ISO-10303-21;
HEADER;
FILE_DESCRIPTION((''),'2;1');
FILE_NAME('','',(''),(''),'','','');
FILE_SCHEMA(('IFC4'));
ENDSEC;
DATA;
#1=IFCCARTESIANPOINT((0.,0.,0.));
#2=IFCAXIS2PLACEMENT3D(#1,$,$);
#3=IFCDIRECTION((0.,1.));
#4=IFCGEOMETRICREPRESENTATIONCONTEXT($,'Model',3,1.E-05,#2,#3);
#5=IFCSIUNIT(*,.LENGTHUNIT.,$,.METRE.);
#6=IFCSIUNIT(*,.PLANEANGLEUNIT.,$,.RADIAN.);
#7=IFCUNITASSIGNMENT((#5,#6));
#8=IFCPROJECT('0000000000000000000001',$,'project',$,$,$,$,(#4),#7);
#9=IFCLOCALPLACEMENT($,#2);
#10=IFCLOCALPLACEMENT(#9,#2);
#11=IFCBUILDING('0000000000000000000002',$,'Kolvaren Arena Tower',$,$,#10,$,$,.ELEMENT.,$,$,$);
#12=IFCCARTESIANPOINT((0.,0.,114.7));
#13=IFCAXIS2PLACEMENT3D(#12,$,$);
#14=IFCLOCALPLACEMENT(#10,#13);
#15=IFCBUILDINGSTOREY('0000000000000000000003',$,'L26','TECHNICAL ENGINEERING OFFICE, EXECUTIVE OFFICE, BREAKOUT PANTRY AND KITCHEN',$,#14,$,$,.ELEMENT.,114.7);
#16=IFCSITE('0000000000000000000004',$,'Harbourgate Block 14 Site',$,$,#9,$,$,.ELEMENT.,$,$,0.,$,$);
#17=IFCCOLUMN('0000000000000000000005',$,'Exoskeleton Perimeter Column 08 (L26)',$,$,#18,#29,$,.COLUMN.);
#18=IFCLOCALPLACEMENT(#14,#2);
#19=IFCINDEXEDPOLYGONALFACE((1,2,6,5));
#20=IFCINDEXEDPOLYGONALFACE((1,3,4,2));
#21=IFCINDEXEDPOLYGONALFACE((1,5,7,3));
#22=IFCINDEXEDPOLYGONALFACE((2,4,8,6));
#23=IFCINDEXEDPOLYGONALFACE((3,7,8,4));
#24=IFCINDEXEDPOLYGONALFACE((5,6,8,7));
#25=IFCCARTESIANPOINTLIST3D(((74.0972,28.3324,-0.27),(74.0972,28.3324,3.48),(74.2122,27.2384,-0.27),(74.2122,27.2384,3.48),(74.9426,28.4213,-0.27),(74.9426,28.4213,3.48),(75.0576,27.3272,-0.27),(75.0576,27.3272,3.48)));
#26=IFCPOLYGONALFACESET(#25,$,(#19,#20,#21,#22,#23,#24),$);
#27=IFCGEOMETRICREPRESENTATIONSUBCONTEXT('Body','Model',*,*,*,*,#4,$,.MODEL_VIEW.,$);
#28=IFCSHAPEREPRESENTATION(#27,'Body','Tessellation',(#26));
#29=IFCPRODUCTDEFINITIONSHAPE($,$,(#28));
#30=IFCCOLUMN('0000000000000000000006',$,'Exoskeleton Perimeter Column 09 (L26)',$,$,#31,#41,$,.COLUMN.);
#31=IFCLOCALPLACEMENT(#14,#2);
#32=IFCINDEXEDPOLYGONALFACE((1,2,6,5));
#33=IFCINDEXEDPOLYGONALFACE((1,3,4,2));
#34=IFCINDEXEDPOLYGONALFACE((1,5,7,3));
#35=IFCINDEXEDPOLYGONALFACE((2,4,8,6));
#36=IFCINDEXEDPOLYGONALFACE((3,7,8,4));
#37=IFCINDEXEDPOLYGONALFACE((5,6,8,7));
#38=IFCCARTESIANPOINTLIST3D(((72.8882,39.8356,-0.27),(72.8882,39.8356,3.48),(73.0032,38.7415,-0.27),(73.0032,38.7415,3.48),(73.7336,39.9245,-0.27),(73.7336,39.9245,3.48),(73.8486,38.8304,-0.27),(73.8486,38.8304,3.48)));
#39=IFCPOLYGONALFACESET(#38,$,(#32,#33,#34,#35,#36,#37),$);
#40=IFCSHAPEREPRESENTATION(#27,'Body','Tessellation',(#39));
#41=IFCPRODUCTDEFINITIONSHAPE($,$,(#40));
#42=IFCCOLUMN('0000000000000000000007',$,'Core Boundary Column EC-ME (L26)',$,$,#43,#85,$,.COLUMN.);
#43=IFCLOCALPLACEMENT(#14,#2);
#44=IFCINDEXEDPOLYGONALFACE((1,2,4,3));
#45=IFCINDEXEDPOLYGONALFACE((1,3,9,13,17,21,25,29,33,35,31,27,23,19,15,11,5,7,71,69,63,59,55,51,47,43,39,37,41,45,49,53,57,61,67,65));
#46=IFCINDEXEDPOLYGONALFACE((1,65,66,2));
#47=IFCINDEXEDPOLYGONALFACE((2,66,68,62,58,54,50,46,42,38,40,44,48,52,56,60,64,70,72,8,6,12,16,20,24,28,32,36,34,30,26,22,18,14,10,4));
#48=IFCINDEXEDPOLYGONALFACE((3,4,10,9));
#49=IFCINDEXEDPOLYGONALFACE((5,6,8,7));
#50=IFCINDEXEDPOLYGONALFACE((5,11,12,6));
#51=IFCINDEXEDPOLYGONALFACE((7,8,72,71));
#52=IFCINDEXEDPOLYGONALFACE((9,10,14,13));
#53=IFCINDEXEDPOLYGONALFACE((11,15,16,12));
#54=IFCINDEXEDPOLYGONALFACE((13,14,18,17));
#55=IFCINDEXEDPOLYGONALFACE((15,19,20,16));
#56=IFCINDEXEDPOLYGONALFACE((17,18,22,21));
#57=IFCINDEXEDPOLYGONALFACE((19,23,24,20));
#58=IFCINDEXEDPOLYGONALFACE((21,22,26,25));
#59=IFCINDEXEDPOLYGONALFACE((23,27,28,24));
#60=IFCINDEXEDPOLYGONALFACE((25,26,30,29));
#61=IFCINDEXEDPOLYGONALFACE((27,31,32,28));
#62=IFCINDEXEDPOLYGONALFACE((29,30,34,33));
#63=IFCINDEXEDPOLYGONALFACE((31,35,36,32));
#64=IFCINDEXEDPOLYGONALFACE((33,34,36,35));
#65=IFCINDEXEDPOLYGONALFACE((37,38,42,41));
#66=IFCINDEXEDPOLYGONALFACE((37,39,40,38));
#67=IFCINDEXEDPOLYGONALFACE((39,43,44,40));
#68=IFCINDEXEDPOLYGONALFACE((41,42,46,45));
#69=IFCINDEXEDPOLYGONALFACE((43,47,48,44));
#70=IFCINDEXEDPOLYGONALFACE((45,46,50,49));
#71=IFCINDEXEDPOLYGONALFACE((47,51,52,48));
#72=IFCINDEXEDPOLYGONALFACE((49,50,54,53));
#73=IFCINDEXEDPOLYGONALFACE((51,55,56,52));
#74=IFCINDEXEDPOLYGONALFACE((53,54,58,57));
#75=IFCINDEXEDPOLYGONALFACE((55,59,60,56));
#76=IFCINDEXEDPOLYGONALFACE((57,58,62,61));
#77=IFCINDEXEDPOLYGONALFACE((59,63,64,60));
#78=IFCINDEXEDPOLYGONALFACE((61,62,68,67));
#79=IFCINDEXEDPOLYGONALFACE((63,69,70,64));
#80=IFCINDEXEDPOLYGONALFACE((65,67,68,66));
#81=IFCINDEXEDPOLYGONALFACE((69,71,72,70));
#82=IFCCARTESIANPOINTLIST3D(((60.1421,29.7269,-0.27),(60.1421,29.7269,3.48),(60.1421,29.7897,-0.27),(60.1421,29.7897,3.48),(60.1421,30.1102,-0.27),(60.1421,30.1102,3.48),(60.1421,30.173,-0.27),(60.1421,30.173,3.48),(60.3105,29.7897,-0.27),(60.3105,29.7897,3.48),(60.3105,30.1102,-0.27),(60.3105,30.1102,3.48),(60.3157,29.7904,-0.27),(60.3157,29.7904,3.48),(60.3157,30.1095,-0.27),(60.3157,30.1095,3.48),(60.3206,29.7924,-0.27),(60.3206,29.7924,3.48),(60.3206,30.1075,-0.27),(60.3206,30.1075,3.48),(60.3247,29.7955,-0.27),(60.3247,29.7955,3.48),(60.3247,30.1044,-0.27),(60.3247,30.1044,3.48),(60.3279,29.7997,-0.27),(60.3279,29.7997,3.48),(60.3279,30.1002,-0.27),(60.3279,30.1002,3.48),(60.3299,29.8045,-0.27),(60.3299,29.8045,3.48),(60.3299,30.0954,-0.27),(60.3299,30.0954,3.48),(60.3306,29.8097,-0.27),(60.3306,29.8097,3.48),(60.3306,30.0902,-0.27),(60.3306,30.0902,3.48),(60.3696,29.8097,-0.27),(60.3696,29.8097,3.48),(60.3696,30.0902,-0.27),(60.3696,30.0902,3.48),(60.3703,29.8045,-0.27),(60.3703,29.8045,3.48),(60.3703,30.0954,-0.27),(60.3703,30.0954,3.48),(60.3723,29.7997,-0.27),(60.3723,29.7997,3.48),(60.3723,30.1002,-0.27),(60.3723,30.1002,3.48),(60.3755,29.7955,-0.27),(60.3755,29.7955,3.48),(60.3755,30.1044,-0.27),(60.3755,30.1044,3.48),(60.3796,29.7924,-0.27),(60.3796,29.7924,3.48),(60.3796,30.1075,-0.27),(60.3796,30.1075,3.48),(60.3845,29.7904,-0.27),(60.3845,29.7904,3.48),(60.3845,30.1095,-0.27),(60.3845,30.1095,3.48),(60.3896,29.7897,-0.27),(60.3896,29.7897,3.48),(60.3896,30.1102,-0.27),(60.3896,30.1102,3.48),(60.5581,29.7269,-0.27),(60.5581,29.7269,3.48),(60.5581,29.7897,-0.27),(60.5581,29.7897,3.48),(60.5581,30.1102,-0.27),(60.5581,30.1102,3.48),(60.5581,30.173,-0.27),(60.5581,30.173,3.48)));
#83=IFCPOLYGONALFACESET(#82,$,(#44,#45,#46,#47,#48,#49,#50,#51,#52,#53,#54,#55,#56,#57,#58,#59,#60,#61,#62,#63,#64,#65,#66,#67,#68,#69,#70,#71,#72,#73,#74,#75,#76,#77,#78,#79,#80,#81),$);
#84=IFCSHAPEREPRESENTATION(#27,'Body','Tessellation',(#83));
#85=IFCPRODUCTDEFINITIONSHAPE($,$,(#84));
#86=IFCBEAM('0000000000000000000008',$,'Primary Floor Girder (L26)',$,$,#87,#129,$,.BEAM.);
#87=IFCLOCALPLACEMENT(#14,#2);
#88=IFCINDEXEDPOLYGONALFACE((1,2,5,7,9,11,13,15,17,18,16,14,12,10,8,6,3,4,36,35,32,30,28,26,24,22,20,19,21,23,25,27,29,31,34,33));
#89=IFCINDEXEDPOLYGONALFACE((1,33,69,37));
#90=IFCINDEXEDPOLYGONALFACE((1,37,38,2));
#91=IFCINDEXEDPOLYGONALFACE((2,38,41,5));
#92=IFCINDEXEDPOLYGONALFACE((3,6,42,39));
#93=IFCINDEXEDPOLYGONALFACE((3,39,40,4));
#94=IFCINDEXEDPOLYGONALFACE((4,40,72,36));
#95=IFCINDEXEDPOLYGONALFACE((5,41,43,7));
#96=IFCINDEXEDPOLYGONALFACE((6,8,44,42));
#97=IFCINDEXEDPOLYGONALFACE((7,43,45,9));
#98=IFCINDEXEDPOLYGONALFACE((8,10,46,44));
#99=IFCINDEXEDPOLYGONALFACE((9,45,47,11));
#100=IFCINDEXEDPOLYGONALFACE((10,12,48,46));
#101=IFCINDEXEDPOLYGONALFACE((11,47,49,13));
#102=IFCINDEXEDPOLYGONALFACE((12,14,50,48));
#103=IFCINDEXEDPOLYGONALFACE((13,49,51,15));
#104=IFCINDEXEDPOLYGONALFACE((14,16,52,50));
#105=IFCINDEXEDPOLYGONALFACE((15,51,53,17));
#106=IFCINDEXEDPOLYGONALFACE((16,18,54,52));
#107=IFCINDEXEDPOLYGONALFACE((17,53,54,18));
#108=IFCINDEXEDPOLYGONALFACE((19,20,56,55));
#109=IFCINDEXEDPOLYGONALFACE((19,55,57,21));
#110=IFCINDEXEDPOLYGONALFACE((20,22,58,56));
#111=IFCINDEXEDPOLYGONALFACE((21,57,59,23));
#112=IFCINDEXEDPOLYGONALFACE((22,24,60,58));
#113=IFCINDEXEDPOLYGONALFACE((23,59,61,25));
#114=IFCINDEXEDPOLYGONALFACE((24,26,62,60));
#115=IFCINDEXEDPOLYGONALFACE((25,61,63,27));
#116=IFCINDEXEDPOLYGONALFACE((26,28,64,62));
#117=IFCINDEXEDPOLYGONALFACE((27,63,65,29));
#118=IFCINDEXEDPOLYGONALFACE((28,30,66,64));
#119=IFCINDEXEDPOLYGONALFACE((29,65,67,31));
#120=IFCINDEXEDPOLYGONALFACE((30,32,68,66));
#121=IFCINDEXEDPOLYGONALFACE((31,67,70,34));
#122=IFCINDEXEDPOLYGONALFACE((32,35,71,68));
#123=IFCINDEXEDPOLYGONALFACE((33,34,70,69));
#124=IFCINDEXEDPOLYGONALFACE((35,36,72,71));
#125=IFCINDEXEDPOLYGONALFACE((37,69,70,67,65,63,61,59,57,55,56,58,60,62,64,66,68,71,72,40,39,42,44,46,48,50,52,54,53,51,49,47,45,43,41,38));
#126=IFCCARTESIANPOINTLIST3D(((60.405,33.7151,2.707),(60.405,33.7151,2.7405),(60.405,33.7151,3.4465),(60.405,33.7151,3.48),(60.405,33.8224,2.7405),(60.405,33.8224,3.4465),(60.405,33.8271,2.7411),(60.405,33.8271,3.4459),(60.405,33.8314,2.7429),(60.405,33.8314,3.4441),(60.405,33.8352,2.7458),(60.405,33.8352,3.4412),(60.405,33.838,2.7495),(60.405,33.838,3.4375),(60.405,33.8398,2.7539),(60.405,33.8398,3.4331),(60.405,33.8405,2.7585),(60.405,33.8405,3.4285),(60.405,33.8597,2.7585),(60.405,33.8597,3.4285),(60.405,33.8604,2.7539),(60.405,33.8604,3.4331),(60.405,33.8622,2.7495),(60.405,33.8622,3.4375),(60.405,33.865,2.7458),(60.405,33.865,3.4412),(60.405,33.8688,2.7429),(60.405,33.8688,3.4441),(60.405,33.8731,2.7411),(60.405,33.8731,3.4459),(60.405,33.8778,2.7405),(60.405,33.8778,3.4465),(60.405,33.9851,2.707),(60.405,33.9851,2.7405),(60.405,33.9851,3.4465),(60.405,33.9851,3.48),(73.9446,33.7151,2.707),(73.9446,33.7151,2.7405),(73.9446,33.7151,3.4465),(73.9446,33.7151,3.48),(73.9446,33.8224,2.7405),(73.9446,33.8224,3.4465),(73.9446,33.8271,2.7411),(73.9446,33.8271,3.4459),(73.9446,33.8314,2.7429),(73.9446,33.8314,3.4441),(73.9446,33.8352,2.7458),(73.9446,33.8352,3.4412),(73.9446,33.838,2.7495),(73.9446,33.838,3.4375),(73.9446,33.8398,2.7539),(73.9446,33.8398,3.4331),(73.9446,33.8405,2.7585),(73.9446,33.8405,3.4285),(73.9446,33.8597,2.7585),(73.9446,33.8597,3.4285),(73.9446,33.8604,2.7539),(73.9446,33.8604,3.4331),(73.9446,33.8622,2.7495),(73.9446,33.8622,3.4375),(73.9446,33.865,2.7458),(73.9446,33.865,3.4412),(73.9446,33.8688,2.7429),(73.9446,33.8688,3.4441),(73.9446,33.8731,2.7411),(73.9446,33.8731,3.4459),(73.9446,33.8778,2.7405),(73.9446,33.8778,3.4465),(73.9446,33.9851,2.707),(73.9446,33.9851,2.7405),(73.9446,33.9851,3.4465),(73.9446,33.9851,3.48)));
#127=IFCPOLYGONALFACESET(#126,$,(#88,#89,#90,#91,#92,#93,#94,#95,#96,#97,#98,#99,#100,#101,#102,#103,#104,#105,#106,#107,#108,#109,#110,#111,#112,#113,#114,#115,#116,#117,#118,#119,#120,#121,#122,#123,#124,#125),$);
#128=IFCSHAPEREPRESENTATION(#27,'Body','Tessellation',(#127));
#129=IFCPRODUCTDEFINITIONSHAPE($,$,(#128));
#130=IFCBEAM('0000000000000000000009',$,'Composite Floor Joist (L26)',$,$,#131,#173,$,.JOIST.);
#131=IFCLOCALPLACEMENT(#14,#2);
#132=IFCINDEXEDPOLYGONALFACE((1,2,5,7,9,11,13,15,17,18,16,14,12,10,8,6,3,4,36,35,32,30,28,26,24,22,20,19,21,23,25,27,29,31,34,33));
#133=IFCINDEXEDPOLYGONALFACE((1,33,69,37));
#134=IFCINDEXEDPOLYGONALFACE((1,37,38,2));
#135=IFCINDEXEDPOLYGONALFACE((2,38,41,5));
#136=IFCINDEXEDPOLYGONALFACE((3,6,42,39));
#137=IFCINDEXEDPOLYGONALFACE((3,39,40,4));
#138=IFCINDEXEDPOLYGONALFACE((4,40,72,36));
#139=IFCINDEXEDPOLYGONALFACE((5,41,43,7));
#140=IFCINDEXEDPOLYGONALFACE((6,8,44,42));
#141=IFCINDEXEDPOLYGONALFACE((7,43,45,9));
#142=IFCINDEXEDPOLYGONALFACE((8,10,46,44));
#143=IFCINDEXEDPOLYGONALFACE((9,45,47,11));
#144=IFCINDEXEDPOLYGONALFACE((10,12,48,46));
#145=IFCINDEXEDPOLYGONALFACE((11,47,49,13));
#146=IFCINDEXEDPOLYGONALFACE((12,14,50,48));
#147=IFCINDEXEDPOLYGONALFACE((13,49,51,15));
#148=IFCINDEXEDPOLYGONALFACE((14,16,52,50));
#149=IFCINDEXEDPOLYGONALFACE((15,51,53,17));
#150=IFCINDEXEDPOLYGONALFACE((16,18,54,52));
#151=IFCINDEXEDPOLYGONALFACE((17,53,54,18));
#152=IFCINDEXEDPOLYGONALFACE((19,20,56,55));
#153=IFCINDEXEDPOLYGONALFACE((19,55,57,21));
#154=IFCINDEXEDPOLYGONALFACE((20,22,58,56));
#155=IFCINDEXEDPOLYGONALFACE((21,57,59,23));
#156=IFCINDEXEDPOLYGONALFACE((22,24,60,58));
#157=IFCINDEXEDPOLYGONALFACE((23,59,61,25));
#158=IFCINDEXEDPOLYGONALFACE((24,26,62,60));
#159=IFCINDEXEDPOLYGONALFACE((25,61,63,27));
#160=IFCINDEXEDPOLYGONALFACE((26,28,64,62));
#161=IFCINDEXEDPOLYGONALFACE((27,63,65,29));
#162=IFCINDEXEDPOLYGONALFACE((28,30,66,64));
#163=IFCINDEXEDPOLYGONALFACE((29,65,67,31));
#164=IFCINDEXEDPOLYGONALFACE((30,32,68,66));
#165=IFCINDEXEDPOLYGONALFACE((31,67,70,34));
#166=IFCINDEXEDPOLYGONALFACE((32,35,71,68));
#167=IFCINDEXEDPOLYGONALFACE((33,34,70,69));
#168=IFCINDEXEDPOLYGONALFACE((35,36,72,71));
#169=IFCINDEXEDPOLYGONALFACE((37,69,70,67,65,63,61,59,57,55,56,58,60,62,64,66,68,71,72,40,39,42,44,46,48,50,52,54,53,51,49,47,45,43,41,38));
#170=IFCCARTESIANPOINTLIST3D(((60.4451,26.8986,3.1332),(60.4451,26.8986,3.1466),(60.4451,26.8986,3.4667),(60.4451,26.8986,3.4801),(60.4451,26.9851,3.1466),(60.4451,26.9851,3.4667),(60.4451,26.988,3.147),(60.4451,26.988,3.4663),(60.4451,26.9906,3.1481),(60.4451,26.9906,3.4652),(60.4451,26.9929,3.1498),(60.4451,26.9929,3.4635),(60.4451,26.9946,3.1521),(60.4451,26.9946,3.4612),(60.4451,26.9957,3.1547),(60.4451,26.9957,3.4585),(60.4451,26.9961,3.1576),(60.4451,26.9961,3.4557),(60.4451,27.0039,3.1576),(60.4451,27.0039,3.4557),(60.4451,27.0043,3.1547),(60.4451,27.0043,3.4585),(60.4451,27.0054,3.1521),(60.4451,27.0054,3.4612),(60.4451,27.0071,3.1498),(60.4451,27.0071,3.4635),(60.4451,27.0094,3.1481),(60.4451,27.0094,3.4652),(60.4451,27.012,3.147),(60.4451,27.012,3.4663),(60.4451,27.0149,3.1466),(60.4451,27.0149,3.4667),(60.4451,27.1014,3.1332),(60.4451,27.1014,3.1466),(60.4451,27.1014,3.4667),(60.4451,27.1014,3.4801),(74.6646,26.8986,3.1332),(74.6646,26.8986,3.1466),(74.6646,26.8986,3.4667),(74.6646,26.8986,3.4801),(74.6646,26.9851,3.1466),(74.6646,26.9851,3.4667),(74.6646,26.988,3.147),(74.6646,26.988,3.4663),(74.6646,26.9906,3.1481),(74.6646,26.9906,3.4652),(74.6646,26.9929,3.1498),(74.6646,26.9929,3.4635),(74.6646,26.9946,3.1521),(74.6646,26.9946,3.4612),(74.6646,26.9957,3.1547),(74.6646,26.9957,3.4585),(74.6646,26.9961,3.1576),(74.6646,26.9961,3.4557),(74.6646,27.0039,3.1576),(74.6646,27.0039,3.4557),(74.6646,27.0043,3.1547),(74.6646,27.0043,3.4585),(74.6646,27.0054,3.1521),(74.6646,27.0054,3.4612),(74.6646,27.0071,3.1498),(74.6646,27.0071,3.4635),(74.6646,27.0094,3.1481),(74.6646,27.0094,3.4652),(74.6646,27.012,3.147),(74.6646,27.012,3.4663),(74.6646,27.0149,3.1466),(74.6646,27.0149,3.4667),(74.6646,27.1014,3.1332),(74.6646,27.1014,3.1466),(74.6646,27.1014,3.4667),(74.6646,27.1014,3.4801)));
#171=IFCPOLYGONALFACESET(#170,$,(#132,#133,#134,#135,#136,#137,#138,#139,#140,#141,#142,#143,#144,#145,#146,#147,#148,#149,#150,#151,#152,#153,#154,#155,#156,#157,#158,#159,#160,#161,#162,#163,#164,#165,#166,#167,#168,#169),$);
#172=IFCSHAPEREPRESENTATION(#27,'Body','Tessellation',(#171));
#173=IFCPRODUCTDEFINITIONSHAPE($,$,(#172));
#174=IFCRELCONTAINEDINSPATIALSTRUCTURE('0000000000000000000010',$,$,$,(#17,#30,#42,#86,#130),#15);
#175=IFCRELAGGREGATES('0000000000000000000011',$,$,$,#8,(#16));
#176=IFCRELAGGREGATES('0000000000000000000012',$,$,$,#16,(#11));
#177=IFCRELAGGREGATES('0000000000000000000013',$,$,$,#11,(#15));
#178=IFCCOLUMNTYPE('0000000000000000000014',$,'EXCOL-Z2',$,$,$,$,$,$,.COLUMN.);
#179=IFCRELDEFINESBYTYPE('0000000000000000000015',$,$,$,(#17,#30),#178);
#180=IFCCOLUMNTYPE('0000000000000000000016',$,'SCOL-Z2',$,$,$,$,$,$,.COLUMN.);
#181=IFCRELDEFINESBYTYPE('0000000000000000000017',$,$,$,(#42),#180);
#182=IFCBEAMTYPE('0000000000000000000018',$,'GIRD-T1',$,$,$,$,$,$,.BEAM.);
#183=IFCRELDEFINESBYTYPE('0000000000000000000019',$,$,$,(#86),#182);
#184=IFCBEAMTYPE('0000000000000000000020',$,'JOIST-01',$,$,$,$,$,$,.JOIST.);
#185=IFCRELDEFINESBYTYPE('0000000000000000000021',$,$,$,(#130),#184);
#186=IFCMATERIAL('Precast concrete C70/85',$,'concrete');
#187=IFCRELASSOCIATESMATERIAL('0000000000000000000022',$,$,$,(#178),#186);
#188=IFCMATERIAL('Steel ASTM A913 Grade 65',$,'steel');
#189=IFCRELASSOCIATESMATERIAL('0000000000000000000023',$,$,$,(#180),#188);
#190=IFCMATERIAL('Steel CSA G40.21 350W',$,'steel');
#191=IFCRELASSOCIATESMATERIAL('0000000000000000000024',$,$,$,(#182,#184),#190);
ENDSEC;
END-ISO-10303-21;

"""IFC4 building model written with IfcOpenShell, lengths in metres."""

from ifc_helpers import new_model, si_unit, direction, frame, origin, origin_2d, place, context, subcontext, project, spatial, rectangle, i_section, extrude, material, material_profile, profile_set, type_object, element, save


model = new_model("IFC4")

# Units and contexts
model_context = context("Model", 3, precision=1e-05, world=origin(), true_north=direction((0.0, 1.0)))
body_context = subcontext(model_context, "Body", "Model", "MODEL_VIEW")
ifc_project = project(units=[si_unit("LENGTHUNIT", "METRE"), si_unit("PLANEANGLEUNIT", "RADIAN")], contexts=[model_context])

# Site, building, storey
site_placement = place(None, origin())
site = spatial("IfcSite", under=ifc_project, at=site_placement, Name="Harbourgate Block 14 Site", CompositionType="ELEMENT", RefElevation=0.0)
building_placement = place(site_placement, origin())
building = spatial("IfcBuilding", under=site, at=building_placement, Name="Kolvaren Arena Tower", CompositionType="ELEMENT")
storey_placement = place(building_placement, frame((0.0, 0.0, 114.7)))
storey = spatial("IfcBuildingStorey", under=building, at=storey_placement, Name="L26", Description="TECHNICAL ENGINEERING OFFICE, EXECUTIVE OFFICE, BREAKOUT PANTRY AND KITCHEN", CompositionType="ELEMENT", Elevation=114.7)

# Columns
ifc_material_1 = material(Name="Precast concrete C70/85", Category="concrete")
ifc_material_profile_1 = material_profile(ifc_material_1, rectangle(XDim=1.1001, YDim=0.8501, at=origin_2d()), Name="RC-1100x850")
ifc_profile_set_1 = profile_set([ifc_material_profile_1], Name="Precast concrete C70/85")
column_type_1 = type_object("IfcColumnType", Name="EXCOL-Z2", PredefinedType="COLUMN", material=ifc_profile_set_1)
for number, where, z_axis, x_axis, name in (
    (1, (74.5774, 27.8298, -0.27), (0.0, 0.0, 1.0), (-0.104528, 0.994522, 0.0), "Exoskeleton Perimeter Column 08 (L26)"),
    (2, (73.3684, 39.333, -0.27), (0.0, 0.0, 1.0), (-0.104528, 0.994522, 0.0), "Exoskeleton Perimeter Column 09 (L26)"),
):
    element("IfcColumn", number, at=place(storey_placement, frame(where, z_axis=z_axis, x_axis=x_axis)), inside=storey, type_object=column_type_1, Name=name, PredefinedType="COLUMN", context=body_context, shape_type="SweptSolid", body=[
        extrude(rectangle(XDim=1.1001, YDim=0.8501, at=origin_2d()), origin(), (0.0, 0.0, 1.0), 3.75),
    ])
ifc_material_2 = material(Name="Steel ASTM A913 Grade 65", Category="steel")
ifc_material_profile_2 = material_profile(ifc_material_2, i_section(OverallWidth=0.416, OverallDepth=0.446, WebThickness=0.0391, FlangeThickness=0.0627, FilletRadius=0.02, at=origin_2d()), Name="W360x509")
ifc_profile_set_2 = profile_set([ifc_material_profile_2], Name="Steel ASTM A913 Grade 65")
column_type_2 = type_object("IfcColumnType", Name="SCOL-Z2", PredefinedType="COLUMN", material=ifc_profile_set_2)
column_placement = place(storey_placement, frame((60.3501, 29.95, -0.27), z_axis=(0.0, 0.0, 1.0), x_axis=(1.0, 0.0, 0.0)))
element("IfcColumn", 3, at=column_placement, inside=storey, type_object=column_type_2, Name="Core Boundary Column EC-ME (L26)", PredefinedType="COLUMN", context=body_context, shape_type="SweptSolid", body=[
    extrude(i_section(OverallWidth=0.416, OverallDepth=0.446, WebThickness=0.0391, FlangeThickness=0.0627, FilletRadius=0.02, at=origin_2d()), origin(), (0.0, 0.0, 1.0), 3.75),
])

# Beams
ifc_material_3 = material(Name="Steel CSA G40.21 350W", Category="steel")
ifc_material_profile_3 = material_profile(ifc_material_3, i_section(OverallWidth=0.27, OverallDepth=0.7729, WebThickness=0.0193, FlangeThickness=0.0334, FilletRadius=0.0181, at=origin_2d()), Name="W760x257")
ifc_profile_set_3 = profile_set([ifc_material_profile_3], Name="Steel CSA G40.21 350W")
beam_type_1 = type_object("IfcBeamType", Name="GIRD-T1", PredefinedType="BEAM", material=ifc_profile_set_3)
beam_1_placement = place(storey_placement, frame((60.405, 33.8501, 3.0935), z_axis=(1.0, 0.0, 0.0), x_axis=(0.0, 1.0, 0.0)))
element("IfcBeam", 4, at=beam_1_placement, inside=storey, type_object=beam_type_1, Name="Primary Floor Girder (L26)", PredefinedType="BEAM", context=body_context, shape_type="SweptSolid", body=[
    extrude(i_section(OverallWidth=0.27, OverallDepth=0.7729, WebThickness=0.0193, FlangeThickness=0.0334, FilletRadius=0.0181, at=origin_2d()), origin(), (0.0, 0.0, 1.0), 13.5396),
])
ifc_material_profile_4 = material_profile(ifc_material_3, i_section(OverallWidth=0.2029, OverallDepth=0.3469, WebThickness=0.0078, FlangeThickness=0.0134, FilletRadius=0.011, at=origin_2d()), Name="W360x64")
ifc_profile_set_4 = profile_set([ifc_material_profile_4], Name="Steel CSA G40.21 350W")
beam_type_2 = type_object("IfcBeamType", Name="JOIST-01", PredefinedType="JOIST", material=ifc_profile_set_4)
beam_2_placement = place(storey_placement, frame((60.4451, 27.0, 3.3066), z_axis=(1.0, 0.0, 0.0), x_axis=(0.0, 1.0, 0.0)))
element("IfcBeam", 5, at=beam_2_placement, inside=storey, type_object=beam_type_2, Name="Composite Floor Joist (L26)", PredefinedType="JOIST", context=body_context, shape_type="SweptSolid", body=[
    extrude(i_section(OverallWidth=0.2029, OverallDepth=0.3469, WebThickness=0.0078, FlangeThickness=0.0134, FilletRadius=0.011, at=origin_2d()), origin(), (0.0, 0.0, 1.0), 14.2195),
])

save(model, "model.ifc")
